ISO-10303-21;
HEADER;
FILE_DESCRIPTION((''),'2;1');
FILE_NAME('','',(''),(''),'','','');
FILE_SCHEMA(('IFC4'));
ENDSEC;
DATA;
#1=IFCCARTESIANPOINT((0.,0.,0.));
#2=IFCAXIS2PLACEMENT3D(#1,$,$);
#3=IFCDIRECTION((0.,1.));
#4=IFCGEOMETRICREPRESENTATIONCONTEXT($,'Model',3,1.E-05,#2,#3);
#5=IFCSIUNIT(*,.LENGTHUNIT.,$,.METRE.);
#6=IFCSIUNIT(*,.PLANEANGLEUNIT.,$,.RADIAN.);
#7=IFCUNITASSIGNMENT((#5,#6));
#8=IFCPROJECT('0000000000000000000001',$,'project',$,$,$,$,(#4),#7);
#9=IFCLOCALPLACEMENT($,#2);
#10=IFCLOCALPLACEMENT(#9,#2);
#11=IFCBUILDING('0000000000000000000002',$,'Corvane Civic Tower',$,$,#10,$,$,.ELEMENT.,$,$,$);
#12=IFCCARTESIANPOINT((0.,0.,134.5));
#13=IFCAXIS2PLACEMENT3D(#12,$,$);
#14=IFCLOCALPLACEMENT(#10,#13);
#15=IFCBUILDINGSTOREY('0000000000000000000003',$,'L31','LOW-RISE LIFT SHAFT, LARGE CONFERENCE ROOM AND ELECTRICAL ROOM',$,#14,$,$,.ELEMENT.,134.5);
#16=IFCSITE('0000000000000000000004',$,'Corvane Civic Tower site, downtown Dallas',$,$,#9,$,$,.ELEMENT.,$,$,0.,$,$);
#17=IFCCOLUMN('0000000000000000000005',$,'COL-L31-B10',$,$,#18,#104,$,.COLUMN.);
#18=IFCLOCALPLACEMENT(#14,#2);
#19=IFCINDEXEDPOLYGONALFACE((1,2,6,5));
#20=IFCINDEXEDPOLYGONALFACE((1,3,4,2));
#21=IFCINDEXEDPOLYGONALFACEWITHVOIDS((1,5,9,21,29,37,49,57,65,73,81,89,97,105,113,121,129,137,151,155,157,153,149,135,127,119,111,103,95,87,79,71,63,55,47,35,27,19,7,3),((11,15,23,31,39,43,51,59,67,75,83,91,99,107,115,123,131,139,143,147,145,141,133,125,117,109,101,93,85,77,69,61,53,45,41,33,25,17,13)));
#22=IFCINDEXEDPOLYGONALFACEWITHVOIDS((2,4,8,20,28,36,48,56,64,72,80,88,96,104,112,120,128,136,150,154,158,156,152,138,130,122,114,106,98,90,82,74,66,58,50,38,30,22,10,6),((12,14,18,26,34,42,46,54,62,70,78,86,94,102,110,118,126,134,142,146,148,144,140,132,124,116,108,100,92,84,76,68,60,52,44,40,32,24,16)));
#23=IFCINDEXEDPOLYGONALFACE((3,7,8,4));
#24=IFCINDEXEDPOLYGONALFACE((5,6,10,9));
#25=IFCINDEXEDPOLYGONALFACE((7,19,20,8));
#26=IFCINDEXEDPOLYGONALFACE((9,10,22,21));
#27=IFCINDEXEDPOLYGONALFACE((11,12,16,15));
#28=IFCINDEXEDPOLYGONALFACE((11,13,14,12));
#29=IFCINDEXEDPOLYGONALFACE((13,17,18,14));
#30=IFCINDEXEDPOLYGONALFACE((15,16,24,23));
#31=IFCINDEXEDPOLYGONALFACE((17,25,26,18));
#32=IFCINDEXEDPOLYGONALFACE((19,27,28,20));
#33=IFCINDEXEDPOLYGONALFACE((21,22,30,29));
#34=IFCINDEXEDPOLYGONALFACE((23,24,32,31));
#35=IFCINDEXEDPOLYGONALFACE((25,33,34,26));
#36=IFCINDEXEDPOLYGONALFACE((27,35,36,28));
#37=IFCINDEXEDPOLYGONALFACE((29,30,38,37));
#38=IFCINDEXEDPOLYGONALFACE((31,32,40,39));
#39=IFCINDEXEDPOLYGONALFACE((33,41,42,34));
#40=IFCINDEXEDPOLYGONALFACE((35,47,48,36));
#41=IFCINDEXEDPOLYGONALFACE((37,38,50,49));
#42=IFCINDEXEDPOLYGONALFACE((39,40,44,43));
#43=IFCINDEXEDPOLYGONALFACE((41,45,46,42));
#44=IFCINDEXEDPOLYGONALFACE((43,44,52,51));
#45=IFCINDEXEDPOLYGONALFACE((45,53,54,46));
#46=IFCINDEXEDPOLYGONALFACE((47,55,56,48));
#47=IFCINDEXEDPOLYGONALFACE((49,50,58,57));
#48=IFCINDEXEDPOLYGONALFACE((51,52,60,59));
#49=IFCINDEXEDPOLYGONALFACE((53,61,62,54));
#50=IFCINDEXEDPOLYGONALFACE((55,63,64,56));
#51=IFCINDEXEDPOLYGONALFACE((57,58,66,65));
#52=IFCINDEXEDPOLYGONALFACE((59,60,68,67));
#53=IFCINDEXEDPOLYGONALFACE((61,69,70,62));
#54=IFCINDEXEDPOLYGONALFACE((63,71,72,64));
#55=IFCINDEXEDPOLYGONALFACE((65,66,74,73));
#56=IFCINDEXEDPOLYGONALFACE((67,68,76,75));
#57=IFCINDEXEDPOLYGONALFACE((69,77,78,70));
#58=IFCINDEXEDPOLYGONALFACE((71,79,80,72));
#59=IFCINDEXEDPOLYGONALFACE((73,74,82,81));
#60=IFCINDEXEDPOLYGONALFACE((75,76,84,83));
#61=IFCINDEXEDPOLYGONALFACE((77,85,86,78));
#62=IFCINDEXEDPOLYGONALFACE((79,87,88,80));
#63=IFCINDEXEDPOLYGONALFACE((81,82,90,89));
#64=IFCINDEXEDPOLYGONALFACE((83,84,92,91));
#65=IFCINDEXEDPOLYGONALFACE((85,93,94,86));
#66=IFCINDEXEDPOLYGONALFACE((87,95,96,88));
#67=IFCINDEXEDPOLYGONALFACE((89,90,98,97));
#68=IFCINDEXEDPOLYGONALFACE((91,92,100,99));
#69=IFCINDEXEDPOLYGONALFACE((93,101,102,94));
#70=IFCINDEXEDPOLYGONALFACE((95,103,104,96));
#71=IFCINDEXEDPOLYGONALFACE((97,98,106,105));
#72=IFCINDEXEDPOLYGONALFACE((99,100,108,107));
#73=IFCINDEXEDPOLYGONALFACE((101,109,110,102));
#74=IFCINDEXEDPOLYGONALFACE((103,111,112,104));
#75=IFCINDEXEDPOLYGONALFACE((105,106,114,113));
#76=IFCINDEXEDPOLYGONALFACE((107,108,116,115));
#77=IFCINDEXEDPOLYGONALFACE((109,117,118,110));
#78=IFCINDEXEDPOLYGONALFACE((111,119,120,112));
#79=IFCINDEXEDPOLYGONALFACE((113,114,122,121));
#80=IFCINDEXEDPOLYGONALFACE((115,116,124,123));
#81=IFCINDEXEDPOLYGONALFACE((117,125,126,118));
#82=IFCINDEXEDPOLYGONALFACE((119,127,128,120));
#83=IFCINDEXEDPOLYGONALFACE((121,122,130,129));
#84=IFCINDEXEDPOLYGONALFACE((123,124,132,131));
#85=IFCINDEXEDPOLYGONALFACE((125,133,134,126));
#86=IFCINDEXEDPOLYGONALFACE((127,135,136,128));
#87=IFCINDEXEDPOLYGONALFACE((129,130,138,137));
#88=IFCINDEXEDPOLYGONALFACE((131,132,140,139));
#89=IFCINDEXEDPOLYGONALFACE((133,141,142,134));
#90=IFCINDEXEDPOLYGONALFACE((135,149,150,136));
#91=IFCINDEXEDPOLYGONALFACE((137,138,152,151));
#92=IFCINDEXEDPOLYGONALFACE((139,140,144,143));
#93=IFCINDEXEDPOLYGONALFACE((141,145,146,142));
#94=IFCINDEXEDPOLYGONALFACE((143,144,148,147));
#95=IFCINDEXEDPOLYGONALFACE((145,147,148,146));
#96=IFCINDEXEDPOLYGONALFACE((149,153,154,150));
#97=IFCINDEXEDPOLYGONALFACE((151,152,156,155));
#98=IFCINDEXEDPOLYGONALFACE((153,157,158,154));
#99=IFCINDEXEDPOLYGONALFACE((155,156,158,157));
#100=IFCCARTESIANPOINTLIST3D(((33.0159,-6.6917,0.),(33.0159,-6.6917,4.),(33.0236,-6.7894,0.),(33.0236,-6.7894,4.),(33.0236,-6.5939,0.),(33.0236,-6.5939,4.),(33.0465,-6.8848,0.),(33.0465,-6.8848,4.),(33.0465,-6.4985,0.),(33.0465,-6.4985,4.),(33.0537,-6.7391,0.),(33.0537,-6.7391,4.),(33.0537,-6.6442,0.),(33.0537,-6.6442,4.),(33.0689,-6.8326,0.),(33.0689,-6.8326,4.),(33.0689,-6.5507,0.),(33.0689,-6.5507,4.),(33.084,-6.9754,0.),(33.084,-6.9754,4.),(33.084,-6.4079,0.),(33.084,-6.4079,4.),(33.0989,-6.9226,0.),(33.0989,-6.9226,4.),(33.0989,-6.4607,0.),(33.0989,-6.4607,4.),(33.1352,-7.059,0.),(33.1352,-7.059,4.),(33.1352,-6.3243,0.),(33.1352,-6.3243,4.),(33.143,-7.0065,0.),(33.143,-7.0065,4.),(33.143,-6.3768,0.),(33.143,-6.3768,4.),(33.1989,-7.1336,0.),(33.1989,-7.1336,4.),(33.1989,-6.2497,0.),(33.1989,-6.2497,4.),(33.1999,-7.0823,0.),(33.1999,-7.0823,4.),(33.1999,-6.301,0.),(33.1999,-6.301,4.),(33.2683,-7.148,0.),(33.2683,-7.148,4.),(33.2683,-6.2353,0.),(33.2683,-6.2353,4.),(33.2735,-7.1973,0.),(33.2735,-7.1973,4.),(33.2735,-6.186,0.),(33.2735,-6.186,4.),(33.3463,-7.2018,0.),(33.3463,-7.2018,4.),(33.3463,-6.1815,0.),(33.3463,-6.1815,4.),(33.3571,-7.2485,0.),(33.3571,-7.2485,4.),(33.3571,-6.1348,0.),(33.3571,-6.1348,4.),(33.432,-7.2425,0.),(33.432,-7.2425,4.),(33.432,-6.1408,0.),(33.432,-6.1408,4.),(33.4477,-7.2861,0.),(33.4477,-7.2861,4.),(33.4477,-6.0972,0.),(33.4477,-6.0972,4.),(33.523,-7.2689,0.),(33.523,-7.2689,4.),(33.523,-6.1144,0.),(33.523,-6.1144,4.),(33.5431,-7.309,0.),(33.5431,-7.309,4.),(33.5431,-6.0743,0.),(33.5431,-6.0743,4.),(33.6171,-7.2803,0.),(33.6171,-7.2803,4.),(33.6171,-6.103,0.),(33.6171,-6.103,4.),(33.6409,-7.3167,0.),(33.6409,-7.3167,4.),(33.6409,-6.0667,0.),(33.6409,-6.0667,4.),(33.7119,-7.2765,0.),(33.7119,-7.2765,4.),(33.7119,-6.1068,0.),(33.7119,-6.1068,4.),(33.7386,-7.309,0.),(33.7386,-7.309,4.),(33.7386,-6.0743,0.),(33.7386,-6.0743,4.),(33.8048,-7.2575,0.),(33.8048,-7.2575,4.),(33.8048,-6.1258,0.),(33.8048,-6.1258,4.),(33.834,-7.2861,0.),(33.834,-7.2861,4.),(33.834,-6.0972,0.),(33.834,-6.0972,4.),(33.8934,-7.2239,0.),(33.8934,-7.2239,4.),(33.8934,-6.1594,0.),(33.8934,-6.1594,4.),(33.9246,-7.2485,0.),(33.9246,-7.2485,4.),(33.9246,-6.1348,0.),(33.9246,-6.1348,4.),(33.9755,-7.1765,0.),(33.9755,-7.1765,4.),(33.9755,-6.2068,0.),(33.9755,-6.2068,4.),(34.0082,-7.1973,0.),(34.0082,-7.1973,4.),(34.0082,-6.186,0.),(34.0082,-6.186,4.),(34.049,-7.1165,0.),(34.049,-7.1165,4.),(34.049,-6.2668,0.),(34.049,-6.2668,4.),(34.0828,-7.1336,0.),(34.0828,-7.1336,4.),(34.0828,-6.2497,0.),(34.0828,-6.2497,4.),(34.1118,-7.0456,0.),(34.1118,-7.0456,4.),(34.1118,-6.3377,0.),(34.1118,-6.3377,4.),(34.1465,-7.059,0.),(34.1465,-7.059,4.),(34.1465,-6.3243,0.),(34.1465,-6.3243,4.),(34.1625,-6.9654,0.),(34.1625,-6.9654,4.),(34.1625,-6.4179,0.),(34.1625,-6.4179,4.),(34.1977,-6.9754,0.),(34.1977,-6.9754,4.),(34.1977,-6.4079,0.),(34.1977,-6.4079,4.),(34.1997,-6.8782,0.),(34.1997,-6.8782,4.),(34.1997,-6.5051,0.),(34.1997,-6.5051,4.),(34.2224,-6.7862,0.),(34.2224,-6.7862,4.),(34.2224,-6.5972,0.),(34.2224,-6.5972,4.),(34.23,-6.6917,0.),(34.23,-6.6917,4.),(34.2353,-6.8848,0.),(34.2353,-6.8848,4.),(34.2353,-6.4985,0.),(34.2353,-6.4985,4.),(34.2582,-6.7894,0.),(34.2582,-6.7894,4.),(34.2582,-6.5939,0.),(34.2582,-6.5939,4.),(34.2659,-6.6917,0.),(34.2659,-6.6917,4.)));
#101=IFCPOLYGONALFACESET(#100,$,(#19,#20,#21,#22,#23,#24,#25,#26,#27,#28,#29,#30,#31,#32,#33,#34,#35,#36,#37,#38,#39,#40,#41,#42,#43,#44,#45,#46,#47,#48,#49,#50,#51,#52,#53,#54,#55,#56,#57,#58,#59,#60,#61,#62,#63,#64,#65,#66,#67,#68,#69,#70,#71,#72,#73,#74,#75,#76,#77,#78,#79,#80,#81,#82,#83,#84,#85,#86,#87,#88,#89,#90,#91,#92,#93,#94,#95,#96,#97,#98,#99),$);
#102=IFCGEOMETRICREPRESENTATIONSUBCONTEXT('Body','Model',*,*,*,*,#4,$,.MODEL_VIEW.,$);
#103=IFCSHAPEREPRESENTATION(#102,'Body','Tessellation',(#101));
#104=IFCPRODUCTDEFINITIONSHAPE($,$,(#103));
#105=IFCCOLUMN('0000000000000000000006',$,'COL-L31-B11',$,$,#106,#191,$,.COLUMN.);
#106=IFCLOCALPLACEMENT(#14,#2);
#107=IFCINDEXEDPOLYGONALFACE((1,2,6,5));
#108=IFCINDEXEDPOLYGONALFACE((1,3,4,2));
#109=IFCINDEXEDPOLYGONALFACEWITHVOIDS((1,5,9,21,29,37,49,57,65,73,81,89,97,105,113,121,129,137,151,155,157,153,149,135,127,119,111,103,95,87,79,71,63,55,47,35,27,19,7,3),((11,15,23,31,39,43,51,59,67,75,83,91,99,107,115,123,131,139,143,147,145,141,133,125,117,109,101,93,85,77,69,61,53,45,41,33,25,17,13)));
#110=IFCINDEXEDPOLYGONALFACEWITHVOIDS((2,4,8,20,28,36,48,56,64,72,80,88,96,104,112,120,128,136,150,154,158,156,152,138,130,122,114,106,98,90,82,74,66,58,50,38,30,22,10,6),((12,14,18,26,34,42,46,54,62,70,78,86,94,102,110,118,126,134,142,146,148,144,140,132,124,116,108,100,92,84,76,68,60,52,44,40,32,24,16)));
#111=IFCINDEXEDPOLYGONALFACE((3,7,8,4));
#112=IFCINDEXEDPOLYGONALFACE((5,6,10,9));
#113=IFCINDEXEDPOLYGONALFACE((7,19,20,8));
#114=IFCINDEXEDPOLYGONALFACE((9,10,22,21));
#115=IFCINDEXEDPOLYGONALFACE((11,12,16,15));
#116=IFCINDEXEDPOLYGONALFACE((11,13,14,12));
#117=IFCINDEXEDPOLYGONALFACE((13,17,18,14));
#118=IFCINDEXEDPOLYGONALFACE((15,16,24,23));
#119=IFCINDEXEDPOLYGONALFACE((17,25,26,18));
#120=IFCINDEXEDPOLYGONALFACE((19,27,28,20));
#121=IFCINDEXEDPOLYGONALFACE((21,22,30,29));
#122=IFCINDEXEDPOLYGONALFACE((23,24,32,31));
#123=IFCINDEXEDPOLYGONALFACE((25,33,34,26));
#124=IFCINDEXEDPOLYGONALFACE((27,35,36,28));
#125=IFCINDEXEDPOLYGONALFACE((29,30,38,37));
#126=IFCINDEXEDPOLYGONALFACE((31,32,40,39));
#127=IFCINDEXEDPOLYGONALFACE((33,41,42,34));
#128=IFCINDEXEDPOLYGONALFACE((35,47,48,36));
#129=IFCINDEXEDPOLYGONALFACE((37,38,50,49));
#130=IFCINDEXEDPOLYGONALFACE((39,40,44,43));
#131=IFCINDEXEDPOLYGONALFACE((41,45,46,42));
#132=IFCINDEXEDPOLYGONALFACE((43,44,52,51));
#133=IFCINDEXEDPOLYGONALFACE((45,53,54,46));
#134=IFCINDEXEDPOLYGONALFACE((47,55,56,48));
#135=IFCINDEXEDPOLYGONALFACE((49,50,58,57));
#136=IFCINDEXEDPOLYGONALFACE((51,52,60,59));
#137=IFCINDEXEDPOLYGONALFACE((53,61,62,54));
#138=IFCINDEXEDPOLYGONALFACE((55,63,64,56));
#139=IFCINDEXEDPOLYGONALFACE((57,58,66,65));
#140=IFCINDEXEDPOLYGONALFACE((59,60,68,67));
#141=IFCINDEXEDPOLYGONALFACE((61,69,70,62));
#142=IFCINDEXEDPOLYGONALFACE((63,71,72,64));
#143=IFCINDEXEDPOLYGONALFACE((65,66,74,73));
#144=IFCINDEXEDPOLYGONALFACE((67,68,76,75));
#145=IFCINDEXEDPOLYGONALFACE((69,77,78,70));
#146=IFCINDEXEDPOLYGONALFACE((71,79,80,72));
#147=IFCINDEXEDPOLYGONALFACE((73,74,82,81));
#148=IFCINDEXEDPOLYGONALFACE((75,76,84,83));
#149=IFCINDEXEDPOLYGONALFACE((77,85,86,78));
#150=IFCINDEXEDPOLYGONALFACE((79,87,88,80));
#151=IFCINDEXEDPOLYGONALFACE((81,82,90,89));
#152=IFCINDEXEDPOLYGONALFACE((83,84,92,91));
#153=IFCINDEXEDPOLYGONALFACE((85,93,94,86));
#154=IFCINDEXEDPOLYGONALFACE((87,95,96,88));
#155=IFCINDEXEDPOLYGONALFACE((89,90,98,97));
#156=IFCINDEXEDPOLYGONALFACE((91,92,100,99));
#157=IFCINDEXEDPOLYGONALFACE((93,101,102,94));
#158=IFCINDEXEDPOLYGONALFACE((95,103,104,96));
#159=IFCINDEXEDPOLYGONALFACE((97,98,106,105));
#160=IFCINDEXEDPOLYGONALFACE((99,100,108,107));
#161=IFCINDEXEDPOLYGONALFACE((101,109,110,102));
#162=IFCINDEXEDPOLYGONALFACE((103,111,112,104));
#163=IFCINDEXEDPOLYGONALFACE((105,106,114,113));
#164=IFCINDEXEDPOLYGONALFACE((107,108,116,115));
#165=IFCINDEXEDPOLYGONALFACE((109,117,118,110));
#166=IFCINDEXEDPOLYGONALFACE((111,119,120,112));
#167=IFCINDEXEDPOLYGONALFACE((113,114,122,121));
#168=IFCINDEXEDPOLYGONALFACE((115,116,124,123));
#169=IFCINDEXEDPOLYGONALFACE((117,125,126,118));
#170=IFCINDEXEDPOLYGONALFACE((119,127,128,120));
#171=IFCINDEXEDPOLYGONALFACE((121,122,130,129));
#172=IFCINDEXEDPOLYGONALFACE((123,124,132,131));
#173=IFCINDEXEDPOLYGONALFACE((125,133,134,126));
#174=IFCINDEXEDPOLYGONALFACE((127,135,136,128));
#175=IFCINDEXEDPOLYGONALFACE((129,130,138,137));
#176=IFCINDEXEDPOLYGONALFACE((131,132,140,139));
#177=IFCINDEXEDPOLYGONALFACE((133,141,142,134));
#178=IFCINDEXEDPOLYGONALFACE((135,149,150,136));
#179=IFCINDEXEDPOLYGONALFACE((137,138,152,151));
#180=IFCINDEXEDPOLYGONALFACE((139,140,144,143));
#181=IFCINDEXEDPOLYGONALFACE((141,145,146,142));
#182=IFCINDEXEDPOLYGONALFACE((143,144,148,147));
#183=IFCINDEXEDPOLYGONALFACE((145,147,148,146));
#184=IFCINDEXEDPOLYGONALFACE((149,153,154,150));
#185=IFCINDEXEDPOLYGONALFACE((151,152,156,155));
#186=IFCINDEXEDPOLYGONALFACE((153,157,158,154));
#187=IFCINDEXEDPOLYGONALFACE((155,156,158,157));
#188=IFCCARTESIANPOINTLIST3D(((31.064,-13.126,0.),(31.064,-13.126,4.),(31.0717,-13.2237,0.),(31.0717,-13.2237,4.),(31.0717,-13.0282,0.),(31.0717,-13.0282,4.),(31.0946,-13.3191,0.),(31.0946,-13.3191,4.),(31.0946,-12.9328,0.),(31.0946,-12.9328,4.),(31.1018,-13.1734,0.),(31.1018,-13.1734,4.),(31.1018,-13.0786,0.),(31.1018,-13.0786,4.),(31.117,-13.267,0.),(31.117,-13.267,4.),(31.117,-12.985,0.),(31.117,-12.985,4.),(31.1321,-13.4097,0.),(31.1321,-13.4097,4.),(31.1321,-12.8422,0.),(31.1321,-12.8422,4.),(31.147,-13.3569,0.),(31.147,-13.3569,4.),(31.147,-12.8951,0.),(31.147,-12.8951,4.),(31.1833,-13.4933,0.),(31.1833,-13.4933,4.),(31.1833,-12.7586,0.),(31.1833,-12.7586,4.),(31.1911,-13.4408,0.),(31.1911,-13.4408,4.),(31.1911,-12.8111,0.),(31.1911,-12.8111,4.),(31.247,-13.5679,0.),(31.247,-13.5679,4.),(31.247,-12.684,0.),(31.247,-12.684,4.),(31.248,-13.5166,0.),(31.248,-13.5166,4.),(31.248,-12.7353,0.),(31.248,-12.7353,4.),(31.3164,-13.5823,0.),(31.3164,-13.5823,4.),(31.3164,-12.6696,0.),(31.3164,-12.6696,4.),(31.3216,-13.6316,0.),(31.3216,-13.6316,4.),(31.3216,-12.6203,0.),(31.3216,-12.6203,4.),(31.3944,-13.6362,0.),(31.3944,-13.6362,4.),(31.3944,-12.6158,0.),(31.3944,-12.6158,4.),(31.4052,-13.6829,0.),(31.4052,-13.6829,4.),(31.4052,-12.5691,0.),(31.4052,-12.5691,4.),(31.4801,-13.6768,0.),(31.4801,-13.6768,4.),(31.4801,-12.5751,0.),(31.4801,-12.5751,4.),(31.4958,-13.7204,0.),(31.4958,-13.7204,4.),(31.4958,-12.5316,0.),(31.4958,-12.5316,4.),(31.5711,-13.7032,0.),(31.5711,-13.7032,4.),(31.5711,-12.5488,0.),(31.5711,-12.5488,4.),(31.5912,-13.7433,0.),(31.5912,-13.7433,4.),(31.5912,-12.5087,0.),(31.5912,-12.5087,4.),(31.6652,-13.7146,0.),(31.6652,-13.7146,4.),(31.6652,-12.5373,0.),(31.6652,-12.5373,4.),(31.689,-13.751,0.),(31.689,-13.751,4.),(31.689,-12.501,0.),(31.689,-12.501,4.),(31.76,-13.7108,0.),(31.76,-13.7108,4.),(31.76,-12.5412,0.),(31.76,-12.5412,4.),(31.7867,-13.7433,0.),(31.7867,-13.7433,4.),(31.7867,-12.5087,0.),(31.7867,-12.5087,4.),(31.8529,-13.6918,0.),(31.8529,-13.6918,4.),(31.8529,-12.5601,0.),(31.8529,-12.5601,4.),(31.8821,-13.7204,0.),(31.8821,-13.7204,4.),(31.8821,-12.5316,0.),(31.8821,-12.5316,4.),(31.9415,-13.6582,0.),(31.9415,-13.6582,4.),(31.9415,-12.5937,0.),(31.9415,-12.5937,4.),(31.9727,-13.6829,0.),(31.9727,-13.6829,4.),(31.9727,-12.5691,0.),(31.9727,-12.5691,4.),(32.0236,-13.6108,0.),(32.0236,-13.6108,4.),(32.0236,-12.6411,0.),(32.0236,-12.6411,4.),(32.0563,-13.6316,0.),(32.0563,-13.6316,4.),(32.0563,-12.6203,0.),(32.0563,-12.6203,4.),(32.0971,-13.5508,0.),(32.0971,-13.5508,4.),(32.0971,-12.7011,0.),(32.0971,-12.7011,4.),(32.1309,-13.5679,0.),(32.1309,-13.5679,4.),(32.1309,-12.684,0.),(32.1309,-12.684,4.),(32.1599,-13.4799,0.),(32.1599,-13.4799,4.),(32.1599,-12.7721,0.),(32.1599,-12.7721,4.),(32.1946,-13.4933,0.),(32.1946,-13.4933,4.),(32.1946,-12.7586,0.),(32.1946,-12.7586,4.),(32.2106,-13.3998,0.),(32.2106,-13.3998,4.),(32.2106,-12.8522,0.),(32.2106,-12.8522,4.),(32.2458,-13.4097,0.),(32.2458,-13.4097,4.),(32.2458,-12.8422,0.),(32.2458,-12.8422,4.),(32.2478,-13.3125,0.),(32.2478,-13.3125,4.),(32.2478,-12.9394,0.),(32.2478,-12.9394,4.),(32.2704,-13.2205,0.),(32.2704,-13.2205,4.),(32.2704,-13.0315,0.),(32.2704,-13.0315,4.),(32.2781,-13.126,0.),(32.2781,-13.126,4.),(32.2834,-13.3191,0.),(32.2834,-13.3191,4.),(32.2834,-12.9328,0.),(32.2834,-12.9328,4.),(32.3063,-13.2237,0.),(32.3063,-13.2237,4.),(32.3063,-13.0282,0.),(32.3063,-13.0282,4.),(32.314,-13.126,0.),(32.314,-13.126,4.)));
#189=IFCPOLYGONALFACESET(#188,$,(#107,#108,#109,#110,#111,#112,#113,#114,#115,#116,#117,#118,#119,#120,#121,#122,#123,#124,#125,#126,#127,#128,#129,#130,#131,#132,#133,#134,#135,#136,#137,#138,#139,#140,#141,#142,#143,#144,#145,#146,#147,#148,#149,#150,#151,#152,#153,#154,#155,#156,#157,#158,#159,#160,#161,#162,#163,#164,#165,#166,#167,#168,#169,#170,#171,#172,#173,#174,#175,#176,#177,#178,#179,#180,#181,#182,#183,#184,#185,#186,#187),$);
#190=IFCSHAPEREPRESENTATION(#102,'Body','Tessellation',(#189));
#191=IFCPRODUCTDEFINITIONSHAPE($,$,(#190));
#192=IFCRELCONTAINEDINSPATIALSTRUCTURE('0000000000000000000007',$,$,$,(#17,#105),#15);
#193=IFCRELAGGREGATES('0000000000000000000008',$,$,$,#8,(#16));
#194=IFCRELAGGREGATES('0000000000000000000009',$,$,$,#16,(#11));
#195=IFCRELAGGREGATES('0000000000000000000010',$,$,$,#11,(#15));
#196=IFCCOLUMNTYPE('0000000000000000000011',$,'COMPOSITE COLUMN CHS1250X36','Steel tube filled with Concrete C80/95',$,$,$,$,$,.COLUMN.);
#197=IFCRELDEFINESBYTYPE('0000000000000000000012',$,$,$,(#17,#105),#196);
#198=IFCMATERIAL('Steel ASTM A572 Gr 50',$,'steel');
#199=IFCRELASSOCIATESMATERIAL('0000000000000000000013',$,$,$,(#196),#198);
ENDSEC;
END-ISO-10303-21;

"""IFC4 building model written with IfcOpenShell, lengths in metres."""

from ifc_helpers import new_model, si_unit, direction, frame, origin, origin_2d, place, context, subcontext, project, spatial, hollow_circle, extrude, material, material_profile, profile_set, type_object, element, save


model = new_model("IFC4")

# Units and contexts
model_context = context("Model", 3, precision=1e-05, world=origin(), true_north=direction((0.0, 1.0)))
body_context = subcontext(model_context, "Body", "Model", "MODEL_VIEW")
ifc_project = project(units=[si_unit("LENGTHUNIT", "METRE"), si_unit("PLANEANGLEUNIT", "RADIAN")], contexts=[model_context])

# Site, building, storey
site_placement = place(None, origin())
site = spatial("IfcSite", under=ifc_project, at=site_placement, Name="Corvane Civic Tower site, downtown Dallas", CompositionType="ELEMENT", RefElevation=0.0)
building_placement = place(site_placement, origin())
building = spatial("IfcBuilding", under=site, at=building_placement, Name="Corvane Civic Tower", CompositionType="ELEMENT")
storey_placement = place(building_placement, frame((0.0, 0.0, 134.5)))
storey = spatial("IfcBuildingStorey", under=building, at=storey_placement, Name="L31", Description="LOW-RISE LIFT SHAFT, LARGE CONFERENCE ROOM AND ELECTRICAL ROOM", CompositionType="ELEMENT", Elevation=134.5)

# Columns
ifc_material_1 = material(Name="Steel ASTM A572 Gr 50", Category="steel")
ifc_material_profile_1 = material_profile(ifc_material_1, hollow_circle(Radius=0.625, WallThickness=0.0359, at=origin_2d()), Name="CHS1250X36")
ifc_profile_set_1 = profile_set([ifc_material_profile_1], Name="Steel ASTM A572 Gr 50")
column_type = type_object("IfcColumnType", Name="COMPOSITE COLUMN CHS1250X36", Description="Steel tube filled with Concrete C80/95", PredefinedType="COLUMN", material=ifc_profile_set_1)
for number, where, z_axis, x_axis, name in (
    (1, (33.6409, -6.6917, 0.0), (0.0, 0.0, 1.0), (1.0, 0.0, 0.0), "COL-L31-B10"),
    (2, (31.689, -13.126, 0.0), (0.0, 0.0, 1.0), (1.0, 0.0, 0.0), "COL-L31-B11"),
):
    element("IfcColumn", number, at=place(storey_placement, frame(where, z_axis=z_axis, x_axis=x_axis)), inside=storey, type_object=column_type, Name=name, PredefinedType="COLUMN", context=body_context, shape_type="SweptSolid", body=[
        extrude(hollow_circle(Radius=0.625, WallThickness=0.0359, at=origin_2d()), origin(), (0.0, 0.0, 1.0), 4.0),
    ])

save(model, "model.ifc")
